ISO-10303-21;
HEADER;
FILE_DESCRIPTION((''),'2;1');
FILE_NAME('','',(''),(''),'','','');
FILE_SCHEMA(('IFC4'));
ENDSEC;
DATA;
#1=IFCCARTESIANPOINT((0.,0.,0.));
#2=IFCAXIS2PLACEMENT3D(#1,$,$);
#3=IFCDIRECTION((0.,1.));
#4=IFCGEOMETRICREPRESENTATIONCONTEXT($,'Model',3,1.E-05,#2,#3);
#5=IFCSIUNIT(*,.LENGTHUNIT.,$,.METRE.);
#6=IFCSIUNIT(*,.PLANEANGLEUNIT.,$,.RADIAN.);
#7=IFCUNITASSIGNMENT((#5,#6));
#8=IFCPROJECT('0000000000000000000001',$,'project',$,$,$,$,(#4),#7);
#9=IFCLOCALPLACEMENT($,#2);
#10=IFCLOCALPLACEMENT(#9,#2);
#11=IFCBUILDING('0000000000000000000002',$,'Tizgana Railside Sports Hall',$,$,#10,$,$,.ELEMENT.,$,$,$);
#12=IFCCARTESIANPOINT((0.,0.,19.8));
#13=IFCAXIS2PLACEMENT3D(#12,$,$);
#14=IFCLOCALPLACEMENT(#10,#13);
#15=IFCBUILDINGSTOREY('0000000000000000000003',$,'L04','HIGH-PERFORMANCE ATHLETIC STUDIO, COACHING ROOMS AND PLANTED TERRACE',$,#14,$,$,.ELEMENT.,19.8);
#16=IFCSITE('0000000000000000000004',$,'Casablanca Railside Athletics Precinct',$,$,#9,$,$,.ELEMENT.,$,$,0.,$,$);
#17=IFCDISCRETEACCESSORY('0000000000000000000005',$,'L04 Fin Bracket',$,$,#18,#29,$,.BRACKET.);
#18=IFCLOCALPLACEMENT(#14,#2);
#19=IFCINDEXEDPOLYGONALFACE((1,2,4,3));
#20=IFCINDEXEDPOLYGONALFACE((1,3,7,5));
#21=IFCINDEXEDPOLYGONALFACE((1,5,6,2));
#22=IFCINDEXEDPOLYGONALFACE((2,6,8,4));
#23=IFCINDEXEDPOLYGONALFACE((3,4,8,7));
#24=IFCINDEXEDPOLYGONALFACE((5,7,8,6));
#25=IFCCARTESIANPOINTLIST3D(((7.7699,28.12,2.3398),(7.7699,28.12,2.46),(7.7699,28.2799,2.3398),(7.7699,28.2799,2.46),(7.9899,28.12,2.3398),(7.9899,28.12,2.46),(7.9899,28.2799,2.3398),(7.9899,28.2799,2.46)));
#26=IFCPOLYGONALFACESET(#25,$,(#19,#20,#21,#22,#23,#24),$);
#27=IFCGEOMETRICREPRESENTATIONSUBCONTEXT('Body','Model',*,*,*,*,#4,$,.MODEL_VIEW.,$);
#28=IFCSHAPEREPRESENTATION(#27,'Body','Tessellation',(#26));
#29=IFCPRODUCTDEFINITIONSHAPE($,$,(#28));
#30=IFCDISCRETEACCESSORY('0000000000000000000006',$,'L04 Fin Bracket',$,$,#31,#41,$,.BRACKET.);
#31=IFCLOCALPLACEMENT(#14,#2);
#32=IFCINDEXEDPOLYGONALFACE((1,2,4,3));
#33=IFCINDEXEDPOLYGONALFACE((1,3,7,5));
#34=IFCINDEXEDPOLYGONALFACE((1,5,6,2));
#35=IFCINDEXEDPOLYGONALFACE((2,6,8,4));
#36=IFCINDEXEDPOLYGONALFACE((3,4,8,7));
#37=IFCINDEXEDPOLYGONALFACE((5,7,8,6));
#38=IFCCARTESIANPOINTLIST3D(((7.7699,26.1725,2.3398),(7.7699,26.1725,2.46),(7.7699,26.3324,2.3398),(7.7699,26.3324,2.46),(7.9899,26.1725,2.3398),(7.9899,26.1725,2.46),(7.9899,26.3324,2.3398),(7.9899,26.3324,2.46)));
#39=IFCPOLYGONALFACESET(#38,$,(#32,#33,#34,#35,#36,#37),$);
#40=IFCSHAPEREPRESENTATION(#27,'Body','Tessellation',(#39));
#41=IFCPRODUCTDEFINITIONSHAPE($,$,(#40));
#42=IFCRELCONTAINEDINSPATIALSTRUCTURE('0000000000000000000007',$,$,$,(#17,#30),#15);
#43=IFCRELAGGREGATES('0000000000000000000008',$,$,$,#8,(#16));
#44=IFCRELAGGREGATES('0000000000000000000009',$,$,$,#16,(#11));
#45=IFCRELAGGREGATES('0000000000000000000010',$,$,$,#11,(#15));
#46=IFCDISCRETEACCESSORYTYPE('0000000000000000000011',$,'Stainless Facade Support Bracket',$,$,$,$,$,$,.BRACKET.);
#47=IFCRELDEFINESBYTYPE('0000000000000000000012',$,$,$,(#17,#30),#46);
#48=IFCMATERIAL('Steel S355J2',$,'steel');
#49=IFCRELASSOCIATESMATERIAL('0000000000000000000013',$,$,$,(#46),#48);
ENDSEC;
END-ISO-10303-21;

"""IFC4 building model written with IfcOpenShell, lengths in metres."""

from ifc_helpers import new_model, si_unit, direction, frame, origin, origin_2d, place, context, subcontext, project, spatial, rectangle, extrude, material, type_object, element, save


model = new_model("IFC4")

# Units and contexts
model_context = context("Model", 3, precision=1e-05, world=origin(), true_north=direction((0.0, 1.0)))
body_context = subcontext(model_context, "Body", "Model", "MODEL_VIEW")
ifc_project = project(units=[si_unit("LENGTHUNIT", "METRE"), si_unit("PLANEANGLEUNIT", "RADIAN")], contexts=[model_context])

# Site, building, storey
site_placement = place(None, origin())
site = spatial("IfcSite", under=ifc_project, at=site_placement, Name="Casablanca Railside Athletics Precinct", CompositionType="ELEMENT", RefElevation=0.0)
building_placement = place(site_placement, origin())
building = spatial("IfcBuilding", under=site, at=building_placement, Name="Tizgana Railside Sports Hall", CompositionType="ELEMENT")
storey_placement = place(building_placement, frame((0.0, 0.0, 19.8)))
storey = spatial("IfcBuildingStorey", under=building, at=storey_placement, Name="L04", Description="HIGH-PERFORMANCE ATHLETIC STUDIO, COACHING ROOMS AND PLANTED TERRACE", CompositionType="ELEMENT", Elevation=19.8)

# Shared definitions
ifc_material_1 = material(Name="Steel S355J2", Category="steel")

# Discrete accessories
discrete_accessory_type = type_object("IfcDiscreteAccessoryType", Name="Stainless Facade Support Bracket", PredefinedType="BRACKET", material=ifc_material_1)
for number, where, z_axis, x_axis, name in (
    (1, (7.8799, 28.2, 2.3398), (0.0, 0.0, 1.0), (0.0, -1.0, 0.0), "L04 Fin Bracket"),
    (2, (7.8799, 26.2524, 2.3398), (0.0, 0.0, 1.0), (0.0, -1.0, 0.0), "L04 Fin Bracket"),
):
    element("IfcDiscreteAccessory", number, at=place(storey_placement, frame(where, z_axis=z_axis, x_axis=x_axis)), inside=storey, type_object=discrete_accessory_type, Name=name, PredefinedType="BRACKET", context=body_context, shape_type="SweptSolid", body=[
        extrude(rectangle(XDim=0.1599, YDim=0.22, at=origin_2d()), origin(), (0.0, 0.0, 1.0), 0.1201),
    ])

save(model, "model.ifc")
